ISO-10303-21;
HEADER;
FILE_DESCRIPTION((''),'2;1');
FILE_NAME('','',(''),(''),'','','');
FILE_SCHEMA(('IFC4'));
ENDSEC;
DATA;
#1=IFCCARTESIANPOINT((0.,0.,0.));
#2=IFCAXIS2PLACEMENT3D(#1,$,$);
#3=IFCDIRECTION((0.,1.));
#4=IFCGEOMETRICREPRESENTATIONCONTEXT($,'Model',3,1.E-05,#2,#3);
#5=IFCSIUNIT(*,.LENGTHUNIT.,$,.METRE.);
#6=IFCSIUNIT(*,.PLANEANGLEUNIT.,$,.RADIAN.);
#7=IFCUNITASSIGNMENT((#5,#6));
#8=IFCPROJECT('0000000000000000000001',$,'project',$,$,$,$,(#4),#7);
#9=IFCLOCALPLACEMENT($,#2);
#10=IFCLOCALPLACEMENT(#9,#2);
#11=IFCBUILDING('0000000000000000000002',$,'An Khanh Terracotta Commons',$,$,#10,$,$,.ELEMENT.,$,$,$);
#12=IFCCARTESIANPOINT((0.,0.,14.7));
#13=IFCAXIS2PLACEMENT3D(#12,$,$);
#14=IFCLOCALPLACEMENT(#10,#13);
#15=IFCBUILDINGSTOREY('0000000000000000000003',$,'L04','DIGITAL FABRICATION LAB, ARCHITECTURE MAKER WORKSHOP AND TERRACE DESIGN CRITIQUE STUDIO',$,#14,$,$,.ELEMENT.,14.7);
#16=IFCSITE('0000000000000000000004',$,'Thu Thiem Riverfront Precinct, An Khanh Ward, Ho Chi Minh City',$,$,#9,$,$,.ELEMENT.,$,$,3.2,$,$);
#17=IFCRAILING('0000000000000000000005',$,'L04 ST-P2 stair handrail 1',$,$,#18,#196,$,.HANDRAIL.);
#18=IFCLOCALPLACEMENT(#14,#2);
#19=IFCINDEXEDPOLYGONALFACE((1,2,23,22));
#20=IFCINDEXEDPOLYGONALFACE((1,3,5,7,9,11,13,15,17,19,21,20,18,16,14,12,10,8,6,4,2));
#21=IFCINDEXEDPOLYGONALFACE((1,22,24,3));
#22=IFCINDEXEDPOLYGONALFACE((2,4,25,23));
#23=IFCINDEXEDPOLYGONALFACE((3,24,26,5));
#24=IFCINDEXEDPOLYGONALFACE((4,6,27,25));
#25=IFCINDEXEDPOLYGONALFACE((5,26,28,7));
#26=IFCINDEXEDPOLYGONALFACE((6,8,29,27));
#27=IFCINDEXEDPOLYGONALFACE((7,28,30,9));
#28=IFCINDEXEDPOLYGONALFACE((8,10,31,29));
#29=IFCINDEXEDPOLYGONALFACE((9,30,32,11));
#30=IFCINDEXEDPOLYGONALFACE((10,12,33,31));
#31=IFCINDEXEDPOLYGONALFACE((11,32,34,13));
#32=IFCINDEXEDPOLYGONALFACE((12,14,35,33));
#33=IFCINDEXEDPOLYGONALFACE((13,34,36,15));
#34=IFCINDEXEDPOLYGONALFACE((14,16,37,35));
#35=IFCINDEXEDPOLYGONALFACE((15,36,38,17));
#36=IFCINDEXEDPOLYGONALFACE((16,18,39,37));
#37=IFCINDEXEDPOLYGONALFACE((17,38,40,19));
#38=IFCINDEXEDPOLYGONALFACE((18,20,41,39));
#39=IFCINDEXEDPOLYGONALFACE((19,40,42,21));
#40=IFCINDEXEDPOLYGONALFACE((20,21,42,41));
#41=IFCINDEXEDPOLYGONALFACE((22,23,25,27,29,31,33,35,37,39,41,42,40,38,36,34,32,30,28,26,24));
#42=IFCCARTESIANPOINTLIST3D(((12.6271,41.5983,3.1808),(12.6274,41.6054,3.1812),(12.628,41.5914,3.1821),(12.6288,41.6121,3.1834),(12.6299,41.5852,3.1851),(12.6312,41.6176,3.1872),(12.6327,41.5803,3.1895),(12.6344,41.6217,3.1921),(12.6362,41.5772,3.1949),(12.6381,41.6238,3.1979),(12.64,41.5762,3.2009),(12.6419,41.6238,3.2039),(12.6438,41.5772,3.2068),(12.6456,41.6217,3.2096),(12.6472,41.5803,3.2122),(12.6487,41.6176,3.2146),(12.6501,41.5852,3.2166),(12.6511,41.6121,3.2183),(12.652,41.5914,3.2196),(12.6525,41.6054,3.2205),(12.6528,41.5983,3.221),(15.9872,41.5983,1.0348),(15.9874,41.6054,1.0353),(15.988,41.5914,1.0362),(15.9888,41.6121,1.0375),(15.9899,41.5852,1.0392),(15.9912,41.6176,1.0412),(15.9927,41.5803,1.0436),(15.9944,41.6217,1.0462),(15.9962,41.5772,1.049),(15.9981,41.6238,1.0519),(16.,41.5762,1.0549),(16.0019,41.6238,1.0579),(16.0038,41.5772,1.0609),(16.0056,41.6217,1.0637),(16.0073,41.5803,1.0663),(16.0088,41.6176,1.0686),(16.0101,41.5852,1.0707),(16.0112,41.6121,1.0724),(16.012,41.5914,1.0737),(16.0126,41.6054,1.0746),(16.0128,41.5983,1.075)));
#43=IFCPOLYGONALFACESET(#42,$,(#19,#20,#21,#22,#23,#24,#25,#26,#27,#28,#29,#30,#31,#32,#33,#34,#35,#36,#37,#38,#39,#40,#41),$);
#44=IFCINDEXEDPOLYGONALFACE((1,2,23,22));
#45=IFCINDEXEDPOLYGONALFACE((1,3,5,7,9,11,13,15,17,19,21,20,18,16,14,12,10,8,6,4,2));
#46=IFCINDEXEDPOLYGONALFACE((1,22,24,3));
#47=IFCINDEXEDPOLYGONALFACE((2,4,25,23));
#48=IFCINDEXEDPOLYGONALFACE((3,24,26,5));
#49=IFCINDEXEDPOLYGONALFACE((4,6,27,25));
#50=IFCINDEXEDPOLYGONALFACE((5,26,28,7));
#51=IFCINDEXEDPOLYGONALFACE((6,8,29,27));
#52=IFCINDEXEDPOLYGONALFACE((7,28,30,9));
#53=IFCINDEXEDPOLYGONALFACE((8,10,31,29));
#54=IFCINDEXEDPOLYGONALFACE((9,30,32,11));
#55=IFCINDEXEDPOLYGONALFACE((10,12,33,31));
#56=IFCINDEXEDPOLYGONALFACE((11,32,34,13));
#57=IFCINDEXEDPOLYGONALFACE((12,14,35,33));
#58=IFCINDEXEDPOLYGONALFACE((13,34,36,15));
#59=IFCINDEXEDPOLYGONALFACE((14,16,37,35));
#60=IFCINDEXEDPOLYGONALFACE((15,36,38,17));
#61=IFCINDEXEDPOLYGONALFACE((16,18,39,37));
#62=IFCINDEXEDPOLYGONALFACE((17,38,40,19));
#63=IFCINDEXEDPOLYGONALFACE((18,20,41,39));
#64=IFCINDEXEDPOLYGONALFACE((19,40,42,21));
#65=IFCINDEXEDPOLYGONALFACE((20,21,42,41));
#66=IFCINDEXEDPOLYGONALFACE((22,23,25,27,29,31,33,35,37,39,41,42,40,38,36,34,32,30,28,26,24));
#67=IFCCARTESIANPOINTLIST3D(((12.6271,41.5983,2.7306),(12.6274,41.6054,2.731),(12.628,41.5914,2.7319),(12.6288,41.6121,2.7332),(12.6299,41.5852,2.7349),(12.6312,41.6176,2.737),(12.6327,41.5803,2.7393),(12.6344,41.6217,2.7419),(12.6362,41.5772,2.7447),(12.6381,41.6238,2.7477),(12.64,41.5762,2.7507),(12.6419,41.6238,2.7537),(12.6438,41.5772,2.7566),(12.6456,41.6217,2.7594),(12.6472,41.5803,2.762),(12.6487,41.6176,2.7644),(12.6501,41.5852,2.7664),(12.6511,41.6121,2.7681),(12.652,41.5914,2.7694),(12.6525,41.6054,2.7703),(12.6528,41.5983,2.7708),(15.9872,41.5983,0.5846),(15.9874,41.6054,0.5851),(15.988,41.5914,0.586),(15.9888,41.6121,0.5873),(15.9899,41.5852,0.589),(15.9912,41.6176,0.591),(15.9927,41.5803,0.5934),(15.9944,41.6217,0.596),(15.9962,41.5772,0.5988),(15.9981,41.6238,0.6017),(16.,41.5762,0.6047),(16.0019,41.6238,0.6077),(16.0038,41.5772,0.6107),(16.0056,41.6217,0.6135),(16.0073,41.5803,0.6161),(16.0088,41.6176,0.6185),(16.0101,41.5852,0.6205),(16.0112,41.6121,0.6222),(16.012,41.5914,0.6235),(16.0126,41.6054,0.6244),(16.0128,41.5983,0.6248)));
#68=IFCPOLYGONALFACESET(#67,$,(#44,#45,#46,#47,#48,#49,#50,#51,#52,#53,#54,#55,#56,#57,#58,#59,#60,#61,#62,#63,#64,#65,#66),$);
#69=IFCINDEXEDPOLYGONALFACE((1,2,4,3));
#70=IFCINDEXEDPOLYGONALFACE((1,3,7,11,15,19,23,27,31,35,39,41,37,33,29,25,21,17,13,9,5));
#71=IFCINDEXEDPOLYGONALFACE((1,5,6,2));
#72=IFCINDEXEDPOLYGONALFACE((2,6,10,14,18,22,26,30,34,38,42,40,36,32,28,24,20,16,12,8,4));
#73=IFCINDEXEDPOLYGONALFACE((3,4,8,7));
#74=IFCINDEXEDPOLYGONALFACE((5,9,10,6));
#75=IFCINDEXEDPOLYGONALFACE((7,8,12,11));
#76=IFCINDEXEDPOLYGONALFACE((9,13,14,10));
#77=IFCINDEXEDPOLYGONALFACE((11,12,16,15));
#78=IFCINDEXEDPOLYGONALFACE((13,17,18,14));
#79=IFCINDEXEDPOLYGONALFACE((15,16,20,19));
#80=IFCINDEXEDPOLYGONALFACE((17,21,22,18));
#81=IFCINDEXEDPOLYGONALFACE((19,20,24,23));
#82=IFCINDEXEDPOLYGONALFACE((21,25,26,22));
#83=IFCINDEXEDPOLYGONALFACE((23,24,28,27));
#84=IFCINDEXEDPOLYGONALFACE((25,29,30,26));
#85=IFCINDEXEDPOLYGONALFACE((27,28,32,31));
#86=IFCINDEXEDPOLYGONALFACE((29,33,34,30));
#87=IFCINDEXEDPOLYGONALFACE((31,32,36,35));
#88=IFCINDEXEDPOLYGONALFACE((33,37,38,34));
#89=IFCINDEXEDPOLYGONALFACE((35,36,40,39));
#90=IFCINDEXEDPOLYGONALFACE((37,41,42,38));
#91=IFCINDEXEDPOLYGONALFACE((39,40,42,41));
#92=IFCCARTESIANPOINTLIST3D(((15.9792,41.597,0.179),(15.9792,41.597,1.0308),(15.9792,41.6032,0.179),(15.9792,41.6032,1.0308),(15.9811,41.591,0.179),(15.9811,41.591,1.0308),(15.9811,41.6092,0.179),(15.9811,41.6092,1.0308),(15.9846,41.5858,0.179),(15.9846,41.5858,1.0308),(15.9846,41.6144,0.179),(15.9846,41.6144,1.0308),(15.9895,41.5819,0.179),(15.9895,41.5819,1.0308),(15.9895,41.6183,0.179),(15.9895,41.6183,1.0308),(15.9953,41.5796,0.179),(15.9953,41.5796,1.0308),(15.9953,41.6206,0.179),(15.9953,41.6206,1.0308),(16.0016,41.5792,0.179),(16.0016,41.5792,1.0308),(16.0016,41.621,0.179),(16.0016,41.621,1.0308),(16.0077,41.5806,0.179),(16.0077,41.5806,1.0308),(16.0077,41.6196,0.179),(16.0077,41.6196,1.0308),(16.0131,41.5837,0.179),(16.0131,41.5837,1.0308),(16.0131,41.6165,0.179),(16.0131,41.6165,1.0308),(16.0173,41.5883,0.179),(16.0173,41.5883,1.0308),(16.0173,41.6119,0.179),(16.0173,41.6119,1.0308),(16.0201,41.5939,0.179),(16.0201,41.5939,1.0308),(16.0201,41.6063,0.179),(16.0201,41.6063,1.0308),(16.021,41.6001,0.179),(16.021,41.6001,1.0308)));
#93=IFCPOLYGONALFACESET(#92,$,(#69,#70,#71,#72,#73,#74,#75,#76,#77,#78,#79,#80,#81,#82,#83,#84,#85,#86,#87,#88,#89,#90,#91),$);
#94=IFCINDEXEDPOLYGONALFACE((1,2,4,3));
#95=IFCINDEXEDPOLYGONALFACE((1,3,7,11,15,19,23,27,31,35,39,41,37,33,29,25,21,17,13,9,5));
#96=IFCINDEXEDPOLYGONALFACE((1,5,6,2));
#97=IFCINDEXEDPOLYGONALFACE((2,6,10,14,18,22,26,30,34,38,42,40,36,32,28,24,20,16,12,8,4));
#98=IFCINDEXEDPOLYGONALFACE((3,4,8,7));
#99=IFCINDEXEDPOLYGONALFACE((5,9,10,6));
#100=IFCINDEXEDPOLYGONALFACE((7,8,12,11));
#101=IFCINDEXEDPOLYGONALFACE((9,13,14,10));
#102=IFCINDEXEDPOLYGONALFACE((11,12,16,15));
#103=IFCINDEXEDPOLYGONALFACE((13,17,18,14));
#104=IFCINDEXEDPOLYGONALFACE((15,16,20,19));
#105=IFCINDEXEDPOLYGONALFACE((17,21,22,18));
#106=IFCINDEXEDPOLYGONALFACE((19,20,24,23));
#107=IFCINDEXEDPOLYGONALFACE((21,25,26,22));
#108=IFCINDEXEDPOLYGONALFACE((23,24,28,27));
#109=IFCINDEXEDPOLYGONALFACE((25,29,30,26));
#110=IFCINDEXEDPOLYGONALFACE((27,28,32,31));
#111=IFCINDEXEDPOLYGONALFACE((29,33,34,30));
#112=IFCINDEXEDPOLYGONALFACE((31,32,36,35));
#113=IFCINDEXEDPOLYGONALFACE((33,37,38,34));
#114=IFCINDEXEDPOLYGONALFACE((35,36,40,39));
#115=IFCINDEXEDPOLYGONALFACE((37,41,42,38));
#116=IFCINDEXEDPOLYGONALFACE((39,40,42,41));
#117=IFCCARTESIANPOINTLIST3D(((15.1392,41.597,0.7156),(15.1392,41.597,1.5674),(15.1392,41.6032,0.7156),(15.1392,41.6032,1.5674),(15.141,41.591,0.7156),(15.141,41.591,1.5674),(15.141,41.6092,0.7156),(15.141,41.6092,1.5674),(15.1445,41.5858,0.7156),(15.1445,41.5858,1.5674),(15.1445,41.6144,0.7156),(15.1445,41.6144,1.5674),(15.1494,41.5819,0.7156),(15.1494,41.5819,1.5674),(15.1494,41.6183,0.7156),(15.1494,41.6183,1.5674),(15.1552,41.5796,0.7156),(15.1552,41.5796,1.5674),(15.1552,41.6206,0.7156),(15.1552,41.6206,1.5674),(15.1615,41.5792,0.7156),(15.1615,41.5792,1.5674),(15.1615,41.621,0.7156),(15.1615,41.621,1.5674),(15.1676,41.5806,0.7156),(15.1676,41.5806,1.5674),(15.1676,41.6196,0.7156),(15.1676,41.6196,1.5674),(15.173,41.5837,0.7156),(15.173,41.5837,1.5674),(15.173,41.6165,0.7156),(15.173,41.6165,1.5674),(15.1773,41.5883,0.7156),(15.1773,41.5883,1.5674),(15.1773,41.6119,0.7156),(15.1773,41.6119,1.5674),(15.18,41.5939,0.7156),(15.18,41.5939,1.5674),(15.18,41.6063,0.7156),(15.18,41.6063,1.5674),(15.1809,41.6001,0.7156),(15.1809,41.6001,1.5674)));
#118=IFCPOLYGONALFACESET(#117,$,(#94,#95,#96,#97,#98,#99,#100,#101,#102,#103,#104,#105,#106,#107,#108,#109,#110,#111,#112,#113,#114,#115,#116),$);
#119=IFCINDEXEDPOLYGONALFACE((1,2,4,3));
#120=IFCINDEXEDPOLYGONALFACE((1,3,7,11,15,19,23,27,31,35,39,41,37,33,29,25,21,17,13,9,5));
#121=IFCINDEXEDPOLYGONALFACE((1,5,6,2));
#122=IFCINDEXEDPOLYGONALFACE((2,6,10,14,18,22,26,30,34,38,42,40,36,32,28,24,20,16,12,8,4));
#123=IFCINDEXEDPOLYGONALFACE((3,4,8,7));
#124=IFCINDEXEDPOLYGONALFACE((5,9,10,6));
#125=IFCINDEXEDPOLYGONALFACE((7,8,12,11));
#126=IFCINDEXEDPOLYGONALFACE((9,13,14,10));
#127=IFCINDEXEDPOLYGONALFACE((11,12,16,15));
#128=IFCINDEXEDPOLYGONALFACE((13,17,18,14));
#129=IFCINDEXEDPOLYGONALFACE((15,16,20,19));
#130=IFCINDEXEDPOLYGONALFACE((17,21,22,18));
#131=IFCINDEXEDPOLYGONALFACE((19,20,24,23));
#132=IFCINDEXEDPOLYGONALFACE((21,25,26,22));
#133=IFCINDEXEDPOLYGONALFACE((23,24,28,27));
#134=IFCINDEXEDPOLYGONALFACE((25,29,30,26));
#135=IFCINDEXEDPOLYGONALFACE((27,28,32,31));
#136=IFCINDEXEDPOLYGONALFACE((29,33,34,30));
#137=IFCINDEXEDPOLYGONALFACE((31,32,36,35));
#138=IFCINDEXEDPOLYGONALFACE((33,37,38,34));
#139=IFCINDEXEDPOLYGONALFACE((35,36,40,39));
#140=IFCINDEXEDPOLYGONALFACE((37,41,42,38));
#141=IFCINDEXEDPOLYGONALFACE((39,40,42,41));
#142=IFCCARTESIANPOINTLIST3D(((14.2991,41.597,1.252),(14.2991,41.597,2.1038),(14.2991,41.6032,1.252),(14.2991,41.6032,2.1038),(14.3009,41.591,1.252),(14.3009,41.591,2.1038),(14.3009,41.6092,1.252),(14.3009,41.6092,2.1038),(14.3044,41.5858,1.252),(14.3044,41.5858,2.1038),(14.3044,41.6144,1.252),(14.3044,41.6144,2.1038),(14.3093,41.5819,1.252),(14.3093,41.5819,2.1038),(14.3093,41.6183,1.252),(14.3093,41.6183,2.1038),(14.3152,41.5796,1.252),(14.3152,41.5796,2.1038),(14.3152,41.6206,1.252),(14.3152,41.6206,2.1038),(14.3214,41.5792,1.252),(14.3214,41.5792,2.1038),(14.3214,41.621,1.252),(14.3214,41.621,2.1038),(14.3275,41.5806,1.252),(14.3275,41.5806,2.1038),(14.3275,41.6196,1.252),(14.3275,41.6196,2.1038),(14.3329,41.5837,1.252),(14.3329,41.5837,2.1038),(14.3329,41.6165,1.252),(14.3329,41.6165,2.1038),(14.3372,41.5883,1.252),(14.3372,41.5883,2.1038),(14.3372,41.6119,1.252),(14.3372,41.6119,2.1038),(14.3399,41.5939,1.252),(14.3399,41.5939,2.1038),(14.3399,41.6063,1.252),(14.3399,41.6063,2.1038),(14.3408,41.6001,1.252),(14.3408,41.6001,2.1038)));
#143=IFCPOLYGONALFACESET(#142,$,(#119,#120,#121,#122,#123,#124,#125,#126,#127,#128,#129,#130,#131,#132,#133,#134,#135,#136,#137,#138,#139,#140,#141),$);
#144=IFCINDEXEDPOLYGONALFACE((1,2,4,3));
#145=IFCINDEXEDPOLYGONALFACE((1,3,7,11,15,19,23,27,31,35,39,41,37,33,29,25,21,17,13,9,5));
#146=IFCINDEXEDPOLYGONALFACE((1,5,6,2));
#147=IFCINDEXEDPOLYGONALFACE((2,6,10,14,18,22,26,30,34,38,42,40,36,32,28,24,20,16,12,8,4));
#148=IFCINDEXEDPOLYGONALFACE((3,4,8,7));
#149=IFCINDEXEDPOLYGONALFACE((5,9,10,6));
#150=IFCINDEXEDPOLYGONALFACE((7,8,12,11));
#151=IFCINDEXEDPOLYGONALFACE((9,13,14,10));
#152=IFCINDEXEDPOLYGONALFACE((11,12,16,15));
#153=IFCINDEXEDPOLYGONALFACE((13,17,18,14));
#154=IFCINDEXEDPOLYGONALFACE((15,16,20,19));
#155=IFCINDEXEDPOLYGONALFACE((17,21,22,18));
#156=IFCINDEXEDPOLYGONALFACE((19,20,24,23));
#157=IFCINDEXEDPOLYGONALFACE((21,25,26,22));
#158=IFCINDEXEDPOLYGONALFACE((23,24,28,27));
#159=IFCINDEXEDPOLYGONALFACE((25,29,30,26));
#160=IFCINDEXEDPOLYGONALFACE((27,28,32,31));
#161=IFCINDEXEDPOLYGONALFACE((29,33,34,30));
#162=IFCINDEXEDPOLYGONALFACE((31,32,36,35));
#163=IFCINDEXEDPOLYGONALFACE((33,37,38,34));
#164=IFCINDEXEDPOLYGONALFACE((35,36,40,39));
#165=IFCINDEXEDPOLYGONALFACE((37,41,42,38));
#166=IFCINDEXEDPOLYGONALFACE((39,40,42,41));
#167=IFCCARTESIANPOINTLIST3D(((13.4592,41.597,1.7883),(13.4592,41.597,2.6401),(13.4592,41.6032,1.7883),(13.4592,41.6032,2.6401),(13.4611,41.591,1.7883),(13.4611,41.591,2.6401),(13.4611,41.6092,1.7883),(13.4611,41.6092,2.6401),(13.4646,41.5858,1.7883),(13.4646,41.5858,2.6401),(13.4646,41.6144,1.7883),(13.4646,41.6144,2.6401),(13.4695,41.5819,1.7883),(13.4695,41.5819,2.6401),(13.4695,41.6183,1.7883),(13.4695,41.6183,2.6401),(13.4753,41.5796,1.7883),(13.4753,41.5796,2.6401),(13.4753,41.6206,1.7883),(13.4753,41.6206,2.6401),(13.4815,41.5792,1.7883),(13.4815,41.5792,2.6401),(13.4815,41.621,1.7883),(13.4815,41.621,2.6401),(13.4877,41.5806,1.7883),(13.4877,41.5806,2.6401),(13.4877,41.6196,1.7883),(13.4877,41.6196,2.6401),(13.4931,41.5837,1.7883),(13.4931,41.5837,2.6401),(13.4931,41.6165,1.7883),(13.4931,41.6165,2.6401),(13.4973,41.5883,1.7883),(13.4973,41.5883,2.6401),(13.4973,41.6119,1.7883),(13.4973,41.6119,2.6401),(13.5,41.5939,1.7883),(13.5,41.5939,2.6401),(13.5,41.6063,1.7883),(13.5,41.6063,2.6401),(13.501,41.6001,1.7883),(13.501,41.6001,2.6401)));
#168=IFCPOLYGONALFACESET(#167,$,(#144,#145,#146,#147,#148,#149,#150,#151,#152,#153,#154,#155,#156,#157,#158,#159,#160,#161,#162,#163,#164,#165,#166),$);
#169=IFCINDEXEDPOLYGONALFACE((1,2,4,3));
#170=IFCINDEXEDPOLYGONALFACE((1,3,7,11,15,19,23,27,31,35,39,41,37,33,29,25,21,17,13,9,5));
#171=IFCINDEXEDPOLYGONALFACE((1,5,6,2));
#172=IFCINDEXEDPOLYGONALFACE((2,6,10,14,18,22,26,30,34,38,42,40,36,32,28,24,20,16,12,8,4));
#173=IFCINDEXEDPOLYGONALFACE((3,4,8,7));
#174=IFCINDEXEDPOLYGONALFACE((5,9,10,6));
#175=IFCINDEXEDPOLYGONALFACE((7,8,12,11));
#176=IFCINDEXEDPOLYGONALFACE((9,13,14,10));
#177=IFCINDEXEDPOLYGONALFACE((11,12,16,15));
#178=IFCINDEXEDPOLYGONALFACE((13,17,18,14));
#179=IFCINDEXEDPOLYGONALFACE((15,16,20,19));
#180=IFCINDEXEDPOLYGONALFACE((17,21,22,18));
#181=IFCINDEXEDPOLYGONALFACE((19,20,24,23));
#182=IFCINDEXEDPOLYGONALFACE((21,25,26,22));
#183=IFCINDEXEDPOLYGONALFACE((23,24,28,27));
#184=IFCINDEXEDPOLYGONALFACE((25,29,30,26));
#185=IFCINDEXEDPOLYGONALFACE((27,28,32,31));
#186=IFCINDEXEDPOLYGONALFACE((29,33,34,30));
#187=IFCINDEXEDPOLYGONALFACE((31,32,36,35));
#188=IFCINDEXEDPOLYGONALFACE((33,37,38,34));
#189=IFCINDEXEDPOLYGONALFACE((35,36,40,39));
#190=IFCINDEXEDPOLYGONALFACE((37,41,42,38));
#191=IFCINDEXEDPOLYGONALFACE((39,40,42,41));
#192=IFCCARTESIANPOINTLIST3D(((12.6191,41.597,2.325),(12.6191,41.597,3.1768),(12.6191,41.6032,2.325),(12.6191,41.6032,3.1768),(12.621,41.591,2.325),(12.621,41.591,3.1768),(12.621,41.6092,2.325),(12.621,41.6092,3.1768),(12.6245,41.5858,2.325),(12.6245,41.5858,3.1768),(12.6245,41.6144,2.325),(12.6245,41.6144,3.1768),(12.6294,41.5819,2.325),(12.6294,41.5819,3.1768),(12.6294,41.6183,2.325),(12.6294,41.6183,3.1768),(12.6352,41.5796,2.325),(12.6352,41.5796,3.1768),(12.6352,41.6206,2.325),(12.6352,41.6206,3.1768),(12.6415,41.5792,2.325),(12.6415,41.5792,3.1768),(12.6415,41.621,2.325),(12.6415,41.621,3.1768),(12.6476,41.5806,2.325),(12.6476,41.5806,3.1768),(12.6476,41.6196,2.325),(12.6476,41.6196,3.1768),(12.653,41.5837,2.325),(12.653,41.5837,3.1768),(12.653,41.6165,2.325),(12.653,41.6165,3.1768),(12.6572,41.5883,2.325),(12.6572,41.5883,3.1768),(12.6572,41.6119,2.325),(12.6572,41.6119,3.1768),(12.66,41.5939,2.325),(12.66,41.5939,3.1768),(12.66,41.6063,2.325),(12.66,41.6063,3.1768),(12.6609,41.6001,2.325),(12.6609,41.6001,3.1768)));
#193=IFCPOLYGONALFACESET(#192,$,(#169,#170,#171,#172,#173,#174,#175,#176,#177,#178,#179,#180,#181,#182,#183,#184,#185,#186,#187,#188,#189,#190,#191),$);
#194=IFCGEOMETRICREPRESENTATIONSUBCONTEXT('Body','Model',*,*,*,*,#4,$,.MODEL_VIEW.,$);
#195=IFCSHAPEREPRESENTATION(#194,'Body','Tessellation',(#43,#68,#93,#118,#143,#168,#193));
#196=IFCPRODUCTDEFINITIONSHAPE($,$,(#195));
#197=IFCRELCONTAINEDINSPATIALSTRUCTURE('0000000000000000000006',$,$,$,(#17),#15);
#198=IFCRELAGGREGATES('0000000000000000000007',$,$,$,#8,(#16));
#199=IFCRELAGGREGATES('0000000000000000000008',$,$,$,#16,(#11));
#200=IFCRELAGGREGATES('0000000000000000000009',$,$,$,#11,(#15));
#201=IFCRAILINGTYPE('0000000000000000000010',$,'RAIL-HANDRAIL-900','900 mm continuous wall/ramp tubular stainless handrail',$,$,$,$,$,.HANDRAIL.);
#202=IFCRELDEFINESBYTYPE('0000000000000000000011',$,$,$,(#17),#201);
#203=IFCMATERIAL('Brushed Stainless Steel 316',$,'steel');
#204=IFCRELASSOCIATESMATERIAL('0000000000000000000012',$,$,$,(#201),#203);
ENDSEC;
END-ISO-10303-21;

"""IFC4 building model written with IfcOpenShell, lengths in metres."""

from ifc_helpers import new_model, si_unit, direction, frame, origin, origin_2d, place, context, subcontext, project, spatial, circle, extrude, material, type_object, element, save


model = new_model("IFC4")

# Units and contexts
model_context = context("Model", 3, precision=1e-05, world=origin(), true_north=direction((0.0, 1.0)))
body_context = subcontext(model_context, "Body", "Model", "MODEL_VIEW")
ifc_project = project(units=[si_unit("LENGTHUNIT", "METRE"), si_unit("PLANEANGLEUNIT", "RADIAN")], contexts=[model_context])

# Site, building, storey
site_placement = place(None, origin())
site = spatial("IfcSite", under=ifc_project, at=site_placement, Name="Thu Thiem Riverfront Precinct, An Khanh Ward, Ho Chi Minh City", CompositionType="ELEMENT", RefElevation=3.2)
building_placement = place(site_placement, origin())
building = spatial("IfcBuilding", under=site, at=building_placement, Name="An Khanh Terracotta Commons", CompositionType="ELEMENT")
storey_placement = place(building_placement, frame((0.0, 0.0, 14.7)))
storey = spatial("IfcBuildingStorey", under=building, at=storey_placement, Name="L04", Description="DIGITAL FABRICATION LAB, ARCHITECTURE MAKER WORKSHOP AND TERRACE DESIGN CRITIQUE STUDIO", CompositionType="ELEMENT", Elevation=14.7)

# Railing
ifc_material_1 = material(Name="Brushed Stainless Steel 316", Category="steel")
railing_type_1 = type_object("IfcRailingType", Name="RAIL-HANDRAIL-900", Description="900 mm continuous wall/ramp tubular stainless handrail", PredefinedType="HANDRAIL", material=ifc_material_1)
railing_1_placement = place(storey_placement, frame((16.0, 41.6001, 0.179)))
element("IfcRailing", 1, at=railing_1_placement, inside=storey, type_object=railing_type_1, Name="L04 ST-P2 stair handrail 1", PredefinedType="HANDRAIL", context=body_context, shape_type="SweptSolid", body=[
    extrude(circle(Radius=0.0239, at=origin_2d()), frame((0.0, 0.0, 0.876), z_axis=(-0.84278, 0.0, 0.538258), x_axis=(0.0, -1.0, 0.0)), (0.0, 0.0, 1.0), 3.9868),
    extrude(circle(Radius=0.0239, at=origin_2d()), frame((0.0, 0.0, 0.4258), z_axis=(-0.84278, 0.0, 0.538258), x_axis=(0.0, -1.0, 0.0)), (0.0, 0.0, 1.0), 3.9868),
    extrude(circle(Radius=0.021, at=origin_2d()), origin(), (0.0, 0.0, 1.0), 0.8518),
    extrude(circle(Radius=0.021, at=origin_2d()), frame((-0.8401, 0.0, 0.5366)), (0.0, 0.0, 1.0), 0.8518),
    extrude(circle(Radius=0.021, at=origin_2d()), frame((-1.6802, 0.0, 1.073)), (0.0, 0.0, 1.0), 0.8518),
    extrude(circle(Radius=0.021, at=origin_2d()), frame((-2.52, 0.0, 1.6094)), (0.0, 0.0, 1.0), 0.8518),
    extrude(circle(Radius=0.021, at=origin_2d()), frame((-3.3601, 0.0, 2.146)), (0.0, 0.0, 1.0), 0.8518),
])

save(model, "model.ifc")
